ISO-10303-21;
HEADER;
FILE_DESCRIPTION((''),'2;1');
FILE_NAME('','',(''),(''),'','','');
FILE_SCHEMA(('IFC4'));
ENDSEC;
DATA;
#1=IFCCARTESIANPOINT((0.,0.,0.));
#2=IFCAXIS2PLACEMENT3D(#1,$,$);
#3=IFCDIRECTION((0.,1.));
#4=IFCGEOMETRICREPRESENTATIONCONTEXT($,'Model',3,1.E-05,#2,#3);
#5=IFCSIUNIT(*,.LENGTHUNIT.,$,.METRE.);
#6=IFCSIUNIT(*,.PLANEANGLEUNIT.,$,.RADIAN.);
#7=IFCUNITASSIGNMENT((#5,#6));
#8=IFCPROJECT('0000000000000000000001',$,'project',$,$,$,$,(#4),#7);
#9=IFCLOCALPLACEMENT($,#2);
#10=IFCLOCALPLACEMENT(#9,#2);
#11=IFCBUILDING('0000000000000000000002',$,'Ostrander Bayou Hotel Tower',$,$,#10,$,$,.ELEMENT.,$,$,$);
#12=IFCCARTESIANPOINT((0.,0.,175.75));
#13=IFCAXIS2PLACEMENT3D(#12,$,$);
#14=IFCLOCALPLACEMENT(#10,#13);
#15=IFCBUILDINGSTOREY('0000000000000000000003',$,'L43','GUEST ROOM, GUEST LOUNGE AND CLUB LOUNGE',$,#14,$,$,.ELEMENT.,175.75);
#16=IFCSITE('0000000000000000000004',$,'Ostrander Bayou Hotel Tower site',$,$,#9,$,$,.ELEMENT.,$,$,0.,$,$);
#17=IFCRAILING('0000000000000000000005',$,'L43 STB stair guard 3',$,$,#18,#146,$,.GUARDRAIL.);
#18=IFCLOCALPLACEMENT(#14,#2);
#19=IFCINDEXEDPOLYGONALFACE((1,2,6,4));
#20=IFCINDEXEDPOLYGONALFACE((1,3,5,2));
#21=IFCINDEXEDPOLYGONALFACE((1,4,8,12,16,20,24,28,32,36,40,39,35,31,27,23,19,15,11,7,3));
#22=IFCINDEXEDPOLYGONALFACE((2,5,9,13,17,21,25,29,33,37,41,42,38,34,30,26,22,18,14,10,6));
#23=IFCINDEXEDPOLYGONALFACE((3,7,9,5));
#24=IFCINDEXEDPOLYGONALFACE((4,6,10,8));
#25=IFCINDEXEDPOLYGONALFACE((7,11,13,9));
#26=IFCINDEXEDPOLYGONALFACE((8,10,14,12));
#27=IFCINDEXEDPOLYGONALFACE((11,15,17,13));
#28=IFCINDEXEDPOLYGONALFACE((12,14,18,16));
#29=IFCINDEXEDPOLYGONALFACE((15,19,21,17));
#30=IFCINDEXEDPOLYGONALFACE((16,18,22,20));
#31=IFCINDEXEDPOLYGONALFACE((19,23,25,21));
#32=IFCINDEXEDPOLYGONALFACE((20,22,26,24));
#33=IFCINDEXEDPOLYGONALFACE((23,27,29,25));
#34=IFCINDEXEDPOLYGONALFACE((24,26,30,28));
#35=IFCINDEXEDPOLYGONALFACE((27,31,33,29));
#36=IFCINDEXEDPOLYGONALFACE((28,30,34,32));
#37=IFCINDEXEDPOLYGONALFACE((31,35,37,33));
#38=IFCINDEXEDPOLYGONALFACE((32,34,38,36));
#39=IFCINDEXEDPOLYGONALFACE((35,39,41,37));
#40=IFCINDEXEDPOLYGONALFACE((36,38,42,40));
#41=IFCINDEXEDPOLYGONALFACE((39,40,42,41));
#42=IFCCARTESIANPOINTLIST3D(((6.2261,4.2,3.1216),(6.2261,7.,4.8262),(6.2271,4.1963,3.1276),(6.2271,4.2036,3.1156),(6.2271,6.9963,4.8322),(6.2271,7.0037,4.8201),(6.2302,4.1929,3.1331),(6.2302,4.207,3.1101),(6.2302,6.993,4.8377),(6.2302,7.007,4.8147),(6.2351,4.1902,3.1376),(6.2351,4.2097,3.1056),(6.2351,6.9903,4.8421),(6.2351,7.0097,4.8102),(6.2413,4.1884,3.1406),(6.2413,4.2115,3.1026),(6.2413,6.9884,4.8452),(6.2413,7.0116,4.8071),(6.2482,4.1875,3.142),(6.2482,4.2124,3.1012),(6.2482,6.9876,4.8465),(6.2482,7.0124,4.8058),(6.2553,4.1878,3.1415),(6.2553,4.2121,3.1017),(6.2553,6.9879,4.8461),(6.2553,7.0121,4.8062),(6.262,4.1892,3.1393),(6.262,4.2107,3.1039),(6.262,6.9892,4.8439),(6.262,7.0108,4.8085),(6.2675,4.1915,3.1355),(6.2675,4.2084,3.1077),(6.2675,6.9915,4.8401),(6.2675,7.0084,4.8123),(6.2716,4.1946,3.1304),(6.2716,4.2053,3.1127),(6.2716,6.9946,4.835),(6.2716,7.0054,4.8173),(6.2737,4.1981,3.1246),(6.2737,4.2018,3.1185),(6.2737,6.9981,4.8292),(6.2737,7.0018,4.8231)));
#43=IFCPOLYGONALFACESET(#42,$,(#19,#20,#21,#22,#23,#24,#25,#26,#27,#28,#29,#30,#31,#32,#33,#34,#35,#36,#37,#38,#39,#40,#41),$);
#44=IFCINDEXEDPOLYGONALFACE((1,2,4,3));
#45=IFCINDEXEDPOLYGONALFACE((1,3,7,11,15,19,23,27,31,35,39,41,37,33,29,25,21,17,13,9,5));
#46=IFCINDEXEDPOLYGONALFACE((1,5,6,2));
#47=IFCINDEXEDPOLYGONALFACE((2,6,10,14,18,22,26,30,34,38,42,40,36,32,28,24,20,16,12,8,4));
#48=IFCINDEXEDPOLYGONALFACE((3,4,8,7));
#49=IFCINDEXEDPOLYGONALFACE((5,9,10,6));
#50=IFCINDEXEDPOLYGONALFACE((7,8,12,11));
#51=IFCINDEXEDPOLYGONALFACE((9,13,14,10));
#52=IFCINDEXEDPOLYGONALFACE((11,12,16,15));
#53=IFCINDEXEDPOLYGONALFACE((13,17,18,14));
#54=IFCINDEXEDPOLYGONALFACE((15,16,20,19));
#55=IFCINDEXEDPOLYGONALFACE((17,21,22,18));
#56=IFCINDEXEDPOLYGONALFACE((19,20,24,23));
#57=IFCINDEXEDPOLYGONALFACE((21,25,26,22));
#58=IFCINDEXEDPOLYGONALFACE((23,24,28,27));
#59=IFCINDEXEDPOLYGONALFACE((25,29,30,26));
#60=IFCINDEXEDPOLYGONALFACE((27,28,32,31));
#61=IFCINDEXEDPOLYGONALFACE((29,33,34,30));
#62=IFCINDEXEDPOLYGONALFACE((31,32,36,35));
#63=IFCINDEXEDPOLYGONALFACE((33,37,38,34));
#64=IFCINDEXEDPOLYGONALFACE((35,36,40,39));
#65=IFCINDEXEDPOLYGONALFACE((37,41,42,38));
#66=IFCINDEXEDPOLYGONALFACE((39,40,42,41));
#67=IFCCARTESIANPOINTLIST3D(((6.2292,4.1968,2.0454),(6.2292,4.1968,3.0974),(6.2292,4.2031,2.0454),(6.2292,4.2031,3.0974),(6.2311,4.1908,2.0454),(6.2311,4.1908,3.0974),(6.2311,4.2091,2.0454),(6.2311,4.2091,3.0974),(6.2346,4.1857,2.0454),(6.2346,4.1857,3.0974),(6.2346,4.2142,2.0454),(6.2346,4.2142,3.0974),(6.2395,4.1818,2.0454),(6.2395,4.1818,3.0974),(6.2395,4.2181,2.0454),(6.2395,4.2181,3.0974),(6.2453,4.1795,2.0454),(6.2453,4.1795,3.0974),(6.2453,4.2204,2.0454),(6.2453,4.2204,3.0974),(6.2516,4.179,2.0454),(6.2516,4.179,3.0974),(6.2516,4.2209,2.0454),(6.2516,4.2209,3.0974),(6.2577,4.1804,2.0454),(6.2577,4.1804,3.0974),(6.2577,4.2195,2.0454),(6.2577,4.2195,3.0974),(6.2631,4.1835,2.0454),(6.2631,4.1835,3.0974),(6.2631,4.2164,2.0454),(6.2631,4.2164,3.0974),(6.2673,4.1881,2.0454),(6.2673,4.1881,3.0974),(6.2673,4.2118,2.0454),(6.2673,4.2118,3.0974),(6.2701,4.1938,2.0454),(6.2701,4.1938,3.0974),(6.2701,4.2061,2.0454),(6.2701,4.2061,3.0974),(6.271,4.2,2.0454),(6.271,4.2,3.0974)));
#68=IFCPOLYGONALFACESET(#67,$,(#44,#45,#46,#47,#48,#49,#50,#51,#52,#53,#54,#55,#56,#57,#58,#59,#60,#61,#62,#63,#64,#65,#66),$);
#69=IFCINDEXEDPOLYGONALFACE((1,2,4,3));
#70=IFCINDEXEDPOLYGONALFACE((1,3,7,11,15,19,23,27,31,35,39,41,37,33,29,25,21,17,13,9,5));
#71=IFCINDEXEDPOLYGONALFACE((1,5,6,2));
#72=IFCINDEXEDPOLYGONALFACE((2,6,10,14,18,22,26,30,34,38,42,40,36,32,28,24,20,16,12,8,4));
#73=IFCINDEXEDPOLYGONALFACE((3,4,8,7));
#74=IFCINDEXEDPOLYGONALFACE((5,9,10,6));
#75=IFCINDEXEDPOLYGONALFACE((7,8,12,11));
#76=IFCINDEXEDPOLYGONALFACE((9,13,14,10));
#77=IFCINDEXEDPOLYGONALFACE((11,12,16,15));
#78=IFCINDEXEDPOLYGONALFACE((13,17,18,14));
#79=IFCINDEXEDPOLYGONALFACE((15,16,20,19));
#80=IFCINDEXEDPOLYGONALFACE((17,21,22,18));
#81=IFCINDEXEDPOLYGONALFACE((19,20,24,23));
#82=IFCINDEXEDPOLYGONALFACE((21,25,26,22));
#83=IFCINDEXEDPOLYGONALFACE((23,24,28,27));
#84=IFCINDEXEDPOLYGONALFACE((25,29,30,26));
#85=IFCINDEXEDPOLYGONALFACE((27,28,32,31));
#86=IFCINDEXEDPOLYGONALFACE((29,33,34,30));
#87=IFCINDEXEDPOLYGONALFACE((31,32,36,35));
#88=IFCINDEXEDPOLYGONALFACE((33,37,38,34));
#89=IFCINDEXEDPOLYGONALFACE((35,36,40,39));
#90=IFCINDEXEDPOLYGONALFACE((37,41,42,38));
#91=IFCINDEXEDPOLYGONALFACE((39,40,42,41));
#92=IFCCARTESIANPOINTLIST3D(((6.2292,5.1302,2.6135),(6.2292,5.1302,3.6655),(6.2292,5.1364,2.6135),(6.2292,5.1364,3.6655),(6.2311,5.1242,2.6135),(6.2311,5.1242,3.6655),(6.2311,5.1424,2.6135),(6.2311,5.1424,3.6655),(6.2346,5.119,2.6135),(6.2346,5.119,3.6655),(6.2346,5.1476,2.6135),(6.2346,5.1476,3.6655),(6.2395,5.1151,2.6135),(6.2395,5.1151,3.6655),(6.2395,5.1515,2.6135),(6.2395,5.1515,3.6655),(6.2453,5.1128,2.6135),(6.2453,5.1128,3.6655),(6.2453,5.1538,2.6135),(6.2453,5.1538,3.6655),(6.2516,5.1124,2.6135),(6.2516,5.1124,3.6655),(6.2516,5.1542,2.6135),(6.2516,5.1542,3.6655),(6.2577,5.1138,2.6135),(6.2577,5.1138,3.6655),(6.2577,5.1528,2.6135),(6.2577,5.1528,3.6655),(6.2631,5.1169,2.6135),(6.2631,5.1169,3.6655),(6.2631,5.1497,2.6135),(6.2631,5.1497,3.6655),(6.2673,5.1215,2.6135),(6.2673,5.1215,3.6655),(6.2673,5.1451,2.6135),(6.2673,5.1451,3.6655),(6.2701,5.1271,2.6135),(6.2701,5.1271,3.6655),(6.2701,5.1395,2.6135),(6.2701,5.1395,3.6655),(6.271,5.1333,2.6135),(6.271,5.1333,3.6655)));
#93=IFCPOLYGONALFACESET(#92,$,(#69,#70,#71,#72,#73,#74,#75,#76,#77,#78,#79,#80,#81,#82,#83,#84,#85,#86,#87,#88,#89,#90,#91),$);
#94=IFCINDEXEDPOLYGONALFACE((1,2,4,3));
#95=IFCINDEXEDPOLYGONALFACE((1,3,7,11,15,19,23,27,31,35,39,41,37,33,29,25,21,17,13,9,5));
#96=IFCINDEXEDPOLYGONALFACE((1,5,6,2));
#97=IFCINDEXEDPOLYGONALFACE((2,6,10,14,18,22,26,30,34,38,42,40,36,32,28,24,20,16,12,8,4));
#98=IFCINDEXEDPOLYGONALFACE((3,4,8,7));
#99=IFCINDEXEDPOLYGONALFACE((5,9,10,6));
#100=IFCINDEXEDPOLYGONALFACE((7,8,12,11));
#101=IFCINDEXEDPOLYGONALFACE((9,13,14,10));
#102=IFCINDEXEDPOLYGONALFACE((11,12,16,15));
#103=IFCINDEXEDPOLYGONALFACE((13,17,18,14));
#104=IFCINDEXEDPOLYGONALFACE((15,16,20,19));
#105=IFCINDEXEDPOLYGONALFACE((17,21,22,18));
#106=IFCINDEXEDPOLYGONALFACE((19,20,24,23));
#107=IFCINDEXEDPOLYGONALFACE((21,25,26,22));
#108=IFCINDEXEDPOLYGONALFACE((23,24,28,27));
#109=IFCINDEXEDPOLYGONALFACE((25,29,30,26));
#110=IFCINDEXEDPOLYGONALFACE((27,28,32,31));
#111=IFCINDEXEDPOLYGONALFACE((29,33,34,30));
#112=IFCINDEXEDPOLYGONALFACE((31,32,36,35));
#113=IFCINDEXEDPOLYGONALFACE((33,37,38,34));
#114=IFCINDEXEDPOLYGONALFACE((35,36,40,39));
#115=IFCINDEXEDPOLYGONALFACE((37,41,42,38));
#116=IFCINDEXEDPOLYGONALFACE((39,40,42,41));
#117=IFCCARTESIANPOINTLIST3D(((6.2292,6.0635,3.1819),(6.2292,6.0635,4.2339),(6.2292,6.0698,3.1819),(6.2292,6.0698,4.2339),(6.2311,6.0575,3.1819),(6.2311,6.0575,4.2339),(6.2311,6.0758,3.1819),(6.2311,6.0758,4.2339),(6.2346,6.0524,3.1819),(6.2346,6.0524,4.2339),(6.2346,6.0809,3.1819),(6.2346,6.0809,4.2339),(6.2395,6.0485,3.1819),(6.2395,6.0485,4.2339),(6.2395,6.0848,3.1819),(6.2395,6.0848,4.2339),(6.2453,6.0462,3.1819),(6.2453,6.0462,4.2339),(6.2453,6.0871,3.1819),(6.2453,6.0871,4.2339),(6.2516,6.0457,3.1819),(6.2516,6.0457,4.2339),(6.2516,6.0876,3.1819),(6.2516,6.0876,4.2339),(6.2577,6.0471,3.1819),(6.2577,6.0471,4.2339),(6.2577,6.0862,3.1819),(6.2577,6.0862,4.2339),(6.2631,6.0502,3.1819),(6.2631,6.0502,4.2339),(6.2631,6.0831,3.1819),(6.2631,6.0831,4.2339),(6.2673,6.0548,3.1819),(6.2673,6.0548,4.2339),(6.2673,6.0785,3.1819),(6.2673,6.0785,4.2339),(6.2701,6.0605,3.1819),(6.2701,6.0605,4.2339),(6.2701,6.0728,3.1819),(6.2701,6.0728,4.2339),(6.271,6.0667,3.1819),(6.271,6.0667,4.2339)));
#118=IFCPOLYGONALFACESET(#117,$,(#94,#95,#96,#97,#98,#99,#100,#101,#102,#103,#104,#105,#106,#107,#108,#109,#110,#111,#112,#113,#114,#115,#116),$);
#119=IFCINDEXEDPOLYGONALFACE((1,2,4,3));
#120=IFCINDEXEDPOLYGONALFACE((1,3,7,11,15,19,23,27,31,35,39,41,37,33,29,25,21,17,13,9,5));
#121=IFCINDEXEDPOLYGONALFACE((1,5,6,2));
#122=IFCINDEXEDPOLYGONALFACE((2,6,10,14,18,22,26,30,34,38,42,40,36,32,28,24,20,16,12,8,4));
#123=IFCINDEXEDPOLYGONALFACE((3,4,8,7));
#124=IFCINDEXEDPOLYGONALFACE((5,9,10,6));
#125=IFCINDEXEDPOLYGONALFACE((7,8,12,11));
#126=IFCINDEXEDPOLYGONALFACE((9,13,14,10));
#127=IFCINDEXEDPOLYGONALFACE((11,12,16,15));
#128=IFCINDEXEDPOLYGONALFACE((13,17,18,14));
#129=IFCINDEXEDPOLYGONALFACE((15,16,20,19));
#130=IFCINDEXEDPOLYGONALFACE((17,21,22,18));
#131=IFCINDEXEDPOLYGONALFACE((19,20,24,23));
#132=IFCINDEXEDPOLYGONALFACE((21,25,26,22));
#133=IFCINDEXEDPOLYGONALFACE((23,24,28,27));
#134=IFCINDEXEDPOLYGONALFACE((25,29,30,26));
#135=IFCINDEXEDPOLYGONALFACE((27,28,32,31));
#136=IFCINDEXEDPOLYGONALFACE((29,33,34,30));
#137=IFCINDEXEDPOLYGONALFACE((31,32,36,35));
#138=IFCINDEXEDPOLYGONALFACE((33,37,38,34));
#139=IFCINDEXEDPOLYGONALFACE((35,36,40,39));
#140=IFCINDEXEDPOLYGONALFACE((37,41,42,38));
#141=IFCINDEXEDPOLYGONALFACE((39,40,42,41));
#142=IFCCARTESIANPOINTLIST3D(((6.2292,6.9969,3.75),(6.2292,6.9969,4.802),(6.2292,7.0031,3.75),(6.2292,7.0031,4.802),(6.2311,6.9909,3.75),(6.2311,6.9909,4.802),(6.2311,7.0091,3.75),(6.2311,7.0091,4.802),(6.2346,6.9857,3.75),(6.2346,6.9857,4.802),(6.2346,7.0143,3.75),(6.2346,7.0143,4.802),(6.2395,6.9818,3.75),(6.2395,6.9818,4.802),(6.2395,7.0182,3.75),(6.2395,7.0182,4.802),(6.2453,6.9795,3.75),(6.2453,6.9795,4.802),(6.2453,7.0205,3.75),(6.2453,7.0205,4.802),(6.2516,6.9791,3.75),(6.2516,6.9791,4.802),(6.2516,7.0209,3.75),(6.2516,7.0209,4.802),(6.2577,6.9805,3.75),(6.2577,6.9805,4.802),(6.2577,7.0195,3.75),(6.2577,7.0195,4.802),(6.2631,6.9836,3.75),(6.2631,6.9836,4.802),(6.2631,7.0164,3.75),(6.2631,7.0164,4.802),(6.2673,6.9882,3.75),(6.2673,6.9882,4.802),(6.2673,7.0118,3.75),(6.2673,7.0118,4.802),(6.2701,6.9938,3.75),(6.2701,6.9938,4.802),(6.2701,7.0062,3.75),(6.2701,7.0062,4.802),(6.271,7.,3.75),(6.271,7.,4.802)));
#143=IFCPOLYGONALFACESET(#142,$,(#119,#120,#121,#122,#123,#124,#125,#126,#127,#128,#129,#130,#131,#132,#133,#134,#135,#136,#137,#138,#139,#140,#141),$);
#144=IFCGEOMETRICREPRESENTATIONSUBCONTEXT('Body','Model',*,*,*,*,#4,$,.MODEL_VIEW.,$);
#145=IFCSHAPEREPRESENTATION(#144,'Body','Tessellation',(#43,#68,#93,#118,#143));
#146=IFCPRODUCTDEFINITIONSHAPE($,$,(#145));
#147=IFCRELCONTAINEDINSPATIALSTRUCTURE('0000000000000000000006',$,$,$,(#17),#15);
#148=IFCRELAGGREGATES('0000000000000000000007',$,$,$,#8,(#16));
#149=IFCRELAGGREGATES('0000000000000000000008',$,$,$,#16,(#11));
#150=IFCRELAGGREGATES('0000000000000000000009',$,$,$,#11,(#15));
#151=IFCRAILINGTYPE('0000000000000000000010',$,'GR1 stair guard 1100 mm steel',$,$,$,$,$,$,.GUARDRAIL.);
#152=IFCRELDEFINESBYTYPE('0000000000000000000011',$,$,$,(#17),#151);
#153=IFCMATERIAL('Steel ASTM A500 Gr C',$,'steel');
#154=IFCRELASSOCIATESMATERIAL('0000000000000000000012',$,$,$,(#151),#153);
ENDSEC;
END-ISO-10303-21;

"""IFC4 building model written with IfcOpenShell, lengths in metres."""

from ifc_helpers import new_model, si_unit, direction, frame, origin, origin_2d, place, context, subcontext, project, spatial, circle, extrude, material, type_object, element, save


model = new_model("IFC4")

# Units and contexts
model_context = context("Model", 3, precision=1e-05, world=origin(), true_north=direction((0.0, 1.0)))
body_context = subcontext(model_context, "Body", "Model", "MODEL_VIEW")
ifc_project = project(units=[si_unit("LENGTHUNIT", "METRE"), si_unit("PLANEANGLEUNIT", "RADIAN")], contexts=[model_context])

# Site, building, storey
site_placement = place(None, origin())
site = spatial("IfcSite", under=ifc_project, at=site_placement, Name="Ostrander Bayou Hotel Tower site", CompositionType="ELEMENT", RefElevation=0.0)
building_placement = place(site_placement, origin())
building = spatial("IfcBuilding", under=site, at=building_placement, Name="Ostrander Bayou Hotel Tower", CompositionType="ELEMENT")
storey_placement = place(building_placement, frame((0.0, 0.0, 175.75)))
storey = spatial("IfcBuildingStorey", under=building, at=storey_placement, Name="L43", Description="GUEST ROOM, GUEST LOUNGE AND CLUB LOUNGE", CompositionType="ELEMENT", Elevation=175.75)

# Railing
ifc_material_1 = material(Name="Steel ASTM A500 Gr C", Category="steel")
railing_type = type_object("IfcRailingType", Name="GR1 stair guard 1100 mm steel", PredefinedType="GUARDRAIL", material=ifc_material_1)
railing_1_placement = place(storey_placement, frame((6.25, 4.2, 2.0454)))
element("IfcRailing", 1, at=railing_1_placement, inside=storey, type_object=railing_type, Name="L43 STB stair guard 3", PredefinedType="GUARDRAIL", context=body_context, shape_type="SweptSolid", body=[
    extrude(circle(Radius=0.0239, at=origin_2d()), frame((0.0, 0.0, 1.0762), z_axis=(0.0, 0.85417, 0.519994), x_axis=(-1.0, 0.0, 0.0)), (0.0, 0.0, 1.0), 3.2781),
    extrude(circle(Radius=0.021, at=origin_2d()), origin(), (0.0, 0.0, 1.0), 1.052),
    extrude(circle(Radius=0.021, at=origin_2d()), frame((0.0, 0.9333, 0.5681)), (0.0, 0.0, 1.0), 1.052),
    extrude(circle(Radius=0.021, at=origin_2d()), frame((0.0, 1.8667, 1.1365)), (0.0, 0.0, 1.0), 1.052),
    extrude(circle(Radius=0.021, at=origin_2d()), frame((0.0, 2.8, 1.7046)), (0.0, 0.0, 1.0), 1.052),
])

save(model, "model.ifc")
